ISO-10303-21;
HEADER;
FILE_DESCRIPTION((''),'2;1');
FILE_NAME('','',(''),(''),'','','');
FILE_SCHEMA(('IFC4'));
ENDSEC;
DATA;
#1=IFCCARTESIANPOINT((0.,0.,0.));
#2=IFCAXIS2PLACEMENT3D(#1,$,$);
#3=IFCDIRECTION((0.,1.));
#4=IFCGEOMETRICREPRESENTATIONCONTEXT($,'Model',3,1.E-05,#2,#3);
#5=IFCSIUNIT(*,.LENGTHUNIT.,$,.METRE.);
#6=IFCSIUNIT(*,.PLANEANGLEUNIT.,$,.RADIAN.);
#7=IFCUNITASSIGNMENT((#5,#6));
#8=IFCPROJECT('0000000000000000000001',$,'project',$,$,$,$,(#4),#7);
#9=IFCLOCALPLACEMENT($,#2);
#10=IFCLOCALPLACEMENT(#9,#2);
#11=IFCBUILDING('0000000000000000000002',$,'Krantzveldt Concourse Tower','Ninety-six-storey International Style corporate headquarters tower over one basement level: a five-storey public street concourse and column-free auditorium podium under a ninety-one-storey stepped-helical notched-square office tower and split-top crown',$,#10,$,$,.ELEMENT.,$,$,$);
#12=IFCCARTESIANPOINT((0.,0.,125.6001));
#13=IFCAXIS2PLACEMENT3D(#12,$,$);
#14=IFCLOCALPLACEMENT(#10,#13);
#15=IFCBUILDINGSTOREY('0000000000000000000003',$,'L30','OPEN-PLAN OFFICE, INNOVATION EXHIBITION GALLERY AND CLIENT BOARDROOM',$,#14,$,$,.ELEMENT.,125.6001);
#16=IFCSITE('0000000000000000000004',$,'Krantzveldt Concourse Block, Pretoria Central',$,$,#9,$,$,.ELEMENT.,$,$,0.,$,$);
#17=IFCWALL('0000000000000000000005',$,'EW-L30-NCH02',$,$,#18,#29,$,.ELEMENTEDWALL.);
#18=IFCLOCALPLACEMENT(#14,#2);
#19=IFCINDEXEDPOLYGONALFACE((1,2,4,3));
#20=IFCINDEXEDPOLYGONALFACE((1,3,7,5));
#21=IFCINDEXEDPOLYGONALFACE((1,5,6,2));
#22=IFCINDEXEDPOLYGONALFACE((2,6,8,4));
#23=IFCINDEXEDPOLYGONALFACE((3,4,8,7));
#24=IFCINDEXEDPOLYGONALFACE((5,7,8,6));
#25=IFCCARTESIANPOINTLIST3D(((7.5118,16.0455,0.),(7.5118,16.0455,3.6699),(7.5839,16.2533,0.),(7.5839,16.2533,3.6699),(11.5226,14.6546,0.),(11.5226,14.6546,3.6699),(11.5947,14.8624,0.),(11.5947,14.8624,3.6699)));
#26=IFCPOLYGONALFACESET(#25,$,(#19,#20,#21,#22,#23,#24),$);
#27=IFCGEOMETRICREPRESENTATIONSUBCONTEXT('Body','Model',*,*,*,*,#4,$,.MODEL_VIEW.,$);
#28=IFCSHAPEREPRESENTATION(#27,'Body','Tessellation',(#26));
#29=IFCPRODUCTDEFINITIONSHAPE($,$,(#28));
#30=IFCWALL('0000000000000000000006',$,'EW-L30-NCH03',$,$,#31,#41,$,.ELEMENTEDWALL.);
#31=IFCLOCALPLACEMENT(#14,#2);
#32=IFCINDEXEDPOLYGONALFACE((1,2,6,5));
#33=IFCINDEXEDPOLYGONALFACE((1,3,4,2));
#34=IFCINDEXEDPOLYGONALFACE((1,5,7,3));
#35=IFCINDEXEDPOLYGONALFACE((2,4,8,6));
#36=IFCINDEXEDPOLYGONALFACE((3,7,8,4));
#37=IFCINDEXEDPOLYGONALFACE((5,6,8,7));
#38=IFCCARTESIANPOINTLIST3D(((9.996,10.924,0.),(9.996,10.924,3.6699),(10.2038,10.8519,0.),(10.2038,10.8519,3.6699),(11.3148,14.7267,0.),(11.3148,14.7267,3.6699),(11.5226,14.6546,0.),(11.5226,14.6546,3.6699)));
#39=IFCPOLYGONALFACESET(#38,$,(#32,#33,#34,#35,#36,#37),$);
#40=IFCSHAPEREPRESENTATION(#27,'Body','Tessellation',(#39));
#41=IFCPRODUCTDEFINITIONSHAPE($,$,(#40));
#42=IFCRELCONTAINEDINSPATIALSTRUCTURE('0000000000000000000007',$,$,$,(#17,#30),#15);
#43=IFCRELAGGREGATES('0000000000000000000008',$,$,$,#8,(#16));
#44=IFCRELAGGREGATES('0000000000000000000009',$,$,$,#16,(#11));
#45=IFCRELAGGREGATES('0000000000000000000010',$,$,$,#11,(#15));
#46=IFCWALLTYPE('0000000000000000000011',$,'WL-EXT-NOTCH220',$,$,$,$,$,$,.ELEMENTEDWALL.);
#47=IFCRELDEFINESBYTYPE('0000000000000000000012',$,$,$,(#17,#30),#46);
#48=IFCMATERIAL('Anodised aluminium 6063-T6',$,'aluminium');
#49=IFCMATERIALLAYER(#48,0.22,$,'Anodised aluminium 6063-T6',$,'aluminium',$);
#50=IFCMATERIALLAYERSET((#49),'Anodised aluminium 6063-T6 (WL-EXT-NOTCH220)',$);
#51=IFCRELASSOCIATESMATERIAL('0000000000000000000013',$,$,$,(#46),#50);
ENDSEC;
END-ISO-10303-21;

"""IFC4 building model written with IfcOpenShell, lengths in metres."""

from ifc_helpers import new_model, si_unit, direction, frame, frame_2d, origin, place, context, subcontext, project, spatial, rectangle, extrude, material, layer, layer_set, type_object, element, save


model = new_model("IFC4")

# Units and contexts
model_context = context("Model", 3, precision=1e-05, world=origin(), true_north=direction((0.0, 1.0)))
body_context = subcontext(model_context, "Body", "Model", "MODEL_VIEW")
ifc_project = project(units=[si_unit("LENGTHUNIT", "METRE"), si_unit("PLANEANGLEUNIT", "RADIAN")], contexts=[model_context])

# Site, building, storey
site_placement = place(None, origin())
site = spatial("IfcSite", under=ifc_project, at=site_placement, Name="Krantzveldt Concourse Block, Pretoria Central", CompositionType="ELEMENT", RefElevation=0.0)
building_placement = place(site_placement, origin())
building = spatial("IfcBuilding", under=site, at=building_placement, Name="Krantzveldt Concourse Tower", Description="Ninety-six-storey International Style corporate headquarters tower over one basement level: a five-storey public street concourse and column-free auditorium podium under a ninety-one-storey stepped-helical notched-square office tower and split-top crown", CompositionType="ELEMENT")
storey_placement = place(building_placement, frame((0.0, 0.0, 125.6001)))
storey = spatial("IfcBuildingStorey", under=building, at=storey_placement, Name="L30", Description="OPEN-PLAN OFFICE, INNOVATION EXHIBITION GALLERY AND CLIENT BOARDROOM", CompositionType="ELEMENT", Elevation=125.6001)

# Shared definitions
ifc_material_1 = material(Name="Anodised aluminium 6063-T6", Category="aluminium")

# Walls
ifc_layer_1 = layer(ifc_material_1, 0.22, Name="Anodised aluminium 6063-T6", Category="aluminium")
ifc_layer_set_1 = layer_set([ifc_layer_1], Name="Anodised aluminium 6063-T6 (WL-EXT-NOTCH220)")
wall_type = type_object("IfcWallType", Name="WL-EXT-NOTCH220", PredefinedType="ELEMENTEDWALL", material=ifc_layer_set_1)
wall_1_placement = place(storey_placement, frame((7.5479, 16.1494, 0.0), z_axis=(0.0, 0.0, 1.0), x_axis=(0.944801, -0.327644, 0.0)))
element("IfcWall", 1, at=wall_1_placement, inside=storey, type_object=wall_type, Name="EW-L30-NCH02", PredefinedType="ELEMENTEDWALL", context=body_context, shape_type="SweptSolid", body=[
    extrude(rectangle(XDim=4.2451, YDim=0.22, at=frame_2d((2.1226, 0.0))), origin(), (0.0, 0.0, 1.0), 3.6699),
])
wall_2_placement = place(storey_placement, frame((11.4187, 14.6907, 0.0), z_axis=(0.0, 0.0, 1.0), x_axis=(-0.327669, -0.944793, 0.0)))
element("IfcWall", 2, at=wall_2_placement, inside=storey, type_object=wall_type, Name="EW-L30-NCH03", PredefinedType="ELEMENTEDWALL", context=body_context, shape_type="SweptSolid", body=[
    extrude(rectangle(XDim=4.0249, YDim=0.22, at=frame_2d((2.0125, 0.0))), origin(), (0.0, 0.0, 1.0), 3.6699),
])

save(model, "model.ifc")
